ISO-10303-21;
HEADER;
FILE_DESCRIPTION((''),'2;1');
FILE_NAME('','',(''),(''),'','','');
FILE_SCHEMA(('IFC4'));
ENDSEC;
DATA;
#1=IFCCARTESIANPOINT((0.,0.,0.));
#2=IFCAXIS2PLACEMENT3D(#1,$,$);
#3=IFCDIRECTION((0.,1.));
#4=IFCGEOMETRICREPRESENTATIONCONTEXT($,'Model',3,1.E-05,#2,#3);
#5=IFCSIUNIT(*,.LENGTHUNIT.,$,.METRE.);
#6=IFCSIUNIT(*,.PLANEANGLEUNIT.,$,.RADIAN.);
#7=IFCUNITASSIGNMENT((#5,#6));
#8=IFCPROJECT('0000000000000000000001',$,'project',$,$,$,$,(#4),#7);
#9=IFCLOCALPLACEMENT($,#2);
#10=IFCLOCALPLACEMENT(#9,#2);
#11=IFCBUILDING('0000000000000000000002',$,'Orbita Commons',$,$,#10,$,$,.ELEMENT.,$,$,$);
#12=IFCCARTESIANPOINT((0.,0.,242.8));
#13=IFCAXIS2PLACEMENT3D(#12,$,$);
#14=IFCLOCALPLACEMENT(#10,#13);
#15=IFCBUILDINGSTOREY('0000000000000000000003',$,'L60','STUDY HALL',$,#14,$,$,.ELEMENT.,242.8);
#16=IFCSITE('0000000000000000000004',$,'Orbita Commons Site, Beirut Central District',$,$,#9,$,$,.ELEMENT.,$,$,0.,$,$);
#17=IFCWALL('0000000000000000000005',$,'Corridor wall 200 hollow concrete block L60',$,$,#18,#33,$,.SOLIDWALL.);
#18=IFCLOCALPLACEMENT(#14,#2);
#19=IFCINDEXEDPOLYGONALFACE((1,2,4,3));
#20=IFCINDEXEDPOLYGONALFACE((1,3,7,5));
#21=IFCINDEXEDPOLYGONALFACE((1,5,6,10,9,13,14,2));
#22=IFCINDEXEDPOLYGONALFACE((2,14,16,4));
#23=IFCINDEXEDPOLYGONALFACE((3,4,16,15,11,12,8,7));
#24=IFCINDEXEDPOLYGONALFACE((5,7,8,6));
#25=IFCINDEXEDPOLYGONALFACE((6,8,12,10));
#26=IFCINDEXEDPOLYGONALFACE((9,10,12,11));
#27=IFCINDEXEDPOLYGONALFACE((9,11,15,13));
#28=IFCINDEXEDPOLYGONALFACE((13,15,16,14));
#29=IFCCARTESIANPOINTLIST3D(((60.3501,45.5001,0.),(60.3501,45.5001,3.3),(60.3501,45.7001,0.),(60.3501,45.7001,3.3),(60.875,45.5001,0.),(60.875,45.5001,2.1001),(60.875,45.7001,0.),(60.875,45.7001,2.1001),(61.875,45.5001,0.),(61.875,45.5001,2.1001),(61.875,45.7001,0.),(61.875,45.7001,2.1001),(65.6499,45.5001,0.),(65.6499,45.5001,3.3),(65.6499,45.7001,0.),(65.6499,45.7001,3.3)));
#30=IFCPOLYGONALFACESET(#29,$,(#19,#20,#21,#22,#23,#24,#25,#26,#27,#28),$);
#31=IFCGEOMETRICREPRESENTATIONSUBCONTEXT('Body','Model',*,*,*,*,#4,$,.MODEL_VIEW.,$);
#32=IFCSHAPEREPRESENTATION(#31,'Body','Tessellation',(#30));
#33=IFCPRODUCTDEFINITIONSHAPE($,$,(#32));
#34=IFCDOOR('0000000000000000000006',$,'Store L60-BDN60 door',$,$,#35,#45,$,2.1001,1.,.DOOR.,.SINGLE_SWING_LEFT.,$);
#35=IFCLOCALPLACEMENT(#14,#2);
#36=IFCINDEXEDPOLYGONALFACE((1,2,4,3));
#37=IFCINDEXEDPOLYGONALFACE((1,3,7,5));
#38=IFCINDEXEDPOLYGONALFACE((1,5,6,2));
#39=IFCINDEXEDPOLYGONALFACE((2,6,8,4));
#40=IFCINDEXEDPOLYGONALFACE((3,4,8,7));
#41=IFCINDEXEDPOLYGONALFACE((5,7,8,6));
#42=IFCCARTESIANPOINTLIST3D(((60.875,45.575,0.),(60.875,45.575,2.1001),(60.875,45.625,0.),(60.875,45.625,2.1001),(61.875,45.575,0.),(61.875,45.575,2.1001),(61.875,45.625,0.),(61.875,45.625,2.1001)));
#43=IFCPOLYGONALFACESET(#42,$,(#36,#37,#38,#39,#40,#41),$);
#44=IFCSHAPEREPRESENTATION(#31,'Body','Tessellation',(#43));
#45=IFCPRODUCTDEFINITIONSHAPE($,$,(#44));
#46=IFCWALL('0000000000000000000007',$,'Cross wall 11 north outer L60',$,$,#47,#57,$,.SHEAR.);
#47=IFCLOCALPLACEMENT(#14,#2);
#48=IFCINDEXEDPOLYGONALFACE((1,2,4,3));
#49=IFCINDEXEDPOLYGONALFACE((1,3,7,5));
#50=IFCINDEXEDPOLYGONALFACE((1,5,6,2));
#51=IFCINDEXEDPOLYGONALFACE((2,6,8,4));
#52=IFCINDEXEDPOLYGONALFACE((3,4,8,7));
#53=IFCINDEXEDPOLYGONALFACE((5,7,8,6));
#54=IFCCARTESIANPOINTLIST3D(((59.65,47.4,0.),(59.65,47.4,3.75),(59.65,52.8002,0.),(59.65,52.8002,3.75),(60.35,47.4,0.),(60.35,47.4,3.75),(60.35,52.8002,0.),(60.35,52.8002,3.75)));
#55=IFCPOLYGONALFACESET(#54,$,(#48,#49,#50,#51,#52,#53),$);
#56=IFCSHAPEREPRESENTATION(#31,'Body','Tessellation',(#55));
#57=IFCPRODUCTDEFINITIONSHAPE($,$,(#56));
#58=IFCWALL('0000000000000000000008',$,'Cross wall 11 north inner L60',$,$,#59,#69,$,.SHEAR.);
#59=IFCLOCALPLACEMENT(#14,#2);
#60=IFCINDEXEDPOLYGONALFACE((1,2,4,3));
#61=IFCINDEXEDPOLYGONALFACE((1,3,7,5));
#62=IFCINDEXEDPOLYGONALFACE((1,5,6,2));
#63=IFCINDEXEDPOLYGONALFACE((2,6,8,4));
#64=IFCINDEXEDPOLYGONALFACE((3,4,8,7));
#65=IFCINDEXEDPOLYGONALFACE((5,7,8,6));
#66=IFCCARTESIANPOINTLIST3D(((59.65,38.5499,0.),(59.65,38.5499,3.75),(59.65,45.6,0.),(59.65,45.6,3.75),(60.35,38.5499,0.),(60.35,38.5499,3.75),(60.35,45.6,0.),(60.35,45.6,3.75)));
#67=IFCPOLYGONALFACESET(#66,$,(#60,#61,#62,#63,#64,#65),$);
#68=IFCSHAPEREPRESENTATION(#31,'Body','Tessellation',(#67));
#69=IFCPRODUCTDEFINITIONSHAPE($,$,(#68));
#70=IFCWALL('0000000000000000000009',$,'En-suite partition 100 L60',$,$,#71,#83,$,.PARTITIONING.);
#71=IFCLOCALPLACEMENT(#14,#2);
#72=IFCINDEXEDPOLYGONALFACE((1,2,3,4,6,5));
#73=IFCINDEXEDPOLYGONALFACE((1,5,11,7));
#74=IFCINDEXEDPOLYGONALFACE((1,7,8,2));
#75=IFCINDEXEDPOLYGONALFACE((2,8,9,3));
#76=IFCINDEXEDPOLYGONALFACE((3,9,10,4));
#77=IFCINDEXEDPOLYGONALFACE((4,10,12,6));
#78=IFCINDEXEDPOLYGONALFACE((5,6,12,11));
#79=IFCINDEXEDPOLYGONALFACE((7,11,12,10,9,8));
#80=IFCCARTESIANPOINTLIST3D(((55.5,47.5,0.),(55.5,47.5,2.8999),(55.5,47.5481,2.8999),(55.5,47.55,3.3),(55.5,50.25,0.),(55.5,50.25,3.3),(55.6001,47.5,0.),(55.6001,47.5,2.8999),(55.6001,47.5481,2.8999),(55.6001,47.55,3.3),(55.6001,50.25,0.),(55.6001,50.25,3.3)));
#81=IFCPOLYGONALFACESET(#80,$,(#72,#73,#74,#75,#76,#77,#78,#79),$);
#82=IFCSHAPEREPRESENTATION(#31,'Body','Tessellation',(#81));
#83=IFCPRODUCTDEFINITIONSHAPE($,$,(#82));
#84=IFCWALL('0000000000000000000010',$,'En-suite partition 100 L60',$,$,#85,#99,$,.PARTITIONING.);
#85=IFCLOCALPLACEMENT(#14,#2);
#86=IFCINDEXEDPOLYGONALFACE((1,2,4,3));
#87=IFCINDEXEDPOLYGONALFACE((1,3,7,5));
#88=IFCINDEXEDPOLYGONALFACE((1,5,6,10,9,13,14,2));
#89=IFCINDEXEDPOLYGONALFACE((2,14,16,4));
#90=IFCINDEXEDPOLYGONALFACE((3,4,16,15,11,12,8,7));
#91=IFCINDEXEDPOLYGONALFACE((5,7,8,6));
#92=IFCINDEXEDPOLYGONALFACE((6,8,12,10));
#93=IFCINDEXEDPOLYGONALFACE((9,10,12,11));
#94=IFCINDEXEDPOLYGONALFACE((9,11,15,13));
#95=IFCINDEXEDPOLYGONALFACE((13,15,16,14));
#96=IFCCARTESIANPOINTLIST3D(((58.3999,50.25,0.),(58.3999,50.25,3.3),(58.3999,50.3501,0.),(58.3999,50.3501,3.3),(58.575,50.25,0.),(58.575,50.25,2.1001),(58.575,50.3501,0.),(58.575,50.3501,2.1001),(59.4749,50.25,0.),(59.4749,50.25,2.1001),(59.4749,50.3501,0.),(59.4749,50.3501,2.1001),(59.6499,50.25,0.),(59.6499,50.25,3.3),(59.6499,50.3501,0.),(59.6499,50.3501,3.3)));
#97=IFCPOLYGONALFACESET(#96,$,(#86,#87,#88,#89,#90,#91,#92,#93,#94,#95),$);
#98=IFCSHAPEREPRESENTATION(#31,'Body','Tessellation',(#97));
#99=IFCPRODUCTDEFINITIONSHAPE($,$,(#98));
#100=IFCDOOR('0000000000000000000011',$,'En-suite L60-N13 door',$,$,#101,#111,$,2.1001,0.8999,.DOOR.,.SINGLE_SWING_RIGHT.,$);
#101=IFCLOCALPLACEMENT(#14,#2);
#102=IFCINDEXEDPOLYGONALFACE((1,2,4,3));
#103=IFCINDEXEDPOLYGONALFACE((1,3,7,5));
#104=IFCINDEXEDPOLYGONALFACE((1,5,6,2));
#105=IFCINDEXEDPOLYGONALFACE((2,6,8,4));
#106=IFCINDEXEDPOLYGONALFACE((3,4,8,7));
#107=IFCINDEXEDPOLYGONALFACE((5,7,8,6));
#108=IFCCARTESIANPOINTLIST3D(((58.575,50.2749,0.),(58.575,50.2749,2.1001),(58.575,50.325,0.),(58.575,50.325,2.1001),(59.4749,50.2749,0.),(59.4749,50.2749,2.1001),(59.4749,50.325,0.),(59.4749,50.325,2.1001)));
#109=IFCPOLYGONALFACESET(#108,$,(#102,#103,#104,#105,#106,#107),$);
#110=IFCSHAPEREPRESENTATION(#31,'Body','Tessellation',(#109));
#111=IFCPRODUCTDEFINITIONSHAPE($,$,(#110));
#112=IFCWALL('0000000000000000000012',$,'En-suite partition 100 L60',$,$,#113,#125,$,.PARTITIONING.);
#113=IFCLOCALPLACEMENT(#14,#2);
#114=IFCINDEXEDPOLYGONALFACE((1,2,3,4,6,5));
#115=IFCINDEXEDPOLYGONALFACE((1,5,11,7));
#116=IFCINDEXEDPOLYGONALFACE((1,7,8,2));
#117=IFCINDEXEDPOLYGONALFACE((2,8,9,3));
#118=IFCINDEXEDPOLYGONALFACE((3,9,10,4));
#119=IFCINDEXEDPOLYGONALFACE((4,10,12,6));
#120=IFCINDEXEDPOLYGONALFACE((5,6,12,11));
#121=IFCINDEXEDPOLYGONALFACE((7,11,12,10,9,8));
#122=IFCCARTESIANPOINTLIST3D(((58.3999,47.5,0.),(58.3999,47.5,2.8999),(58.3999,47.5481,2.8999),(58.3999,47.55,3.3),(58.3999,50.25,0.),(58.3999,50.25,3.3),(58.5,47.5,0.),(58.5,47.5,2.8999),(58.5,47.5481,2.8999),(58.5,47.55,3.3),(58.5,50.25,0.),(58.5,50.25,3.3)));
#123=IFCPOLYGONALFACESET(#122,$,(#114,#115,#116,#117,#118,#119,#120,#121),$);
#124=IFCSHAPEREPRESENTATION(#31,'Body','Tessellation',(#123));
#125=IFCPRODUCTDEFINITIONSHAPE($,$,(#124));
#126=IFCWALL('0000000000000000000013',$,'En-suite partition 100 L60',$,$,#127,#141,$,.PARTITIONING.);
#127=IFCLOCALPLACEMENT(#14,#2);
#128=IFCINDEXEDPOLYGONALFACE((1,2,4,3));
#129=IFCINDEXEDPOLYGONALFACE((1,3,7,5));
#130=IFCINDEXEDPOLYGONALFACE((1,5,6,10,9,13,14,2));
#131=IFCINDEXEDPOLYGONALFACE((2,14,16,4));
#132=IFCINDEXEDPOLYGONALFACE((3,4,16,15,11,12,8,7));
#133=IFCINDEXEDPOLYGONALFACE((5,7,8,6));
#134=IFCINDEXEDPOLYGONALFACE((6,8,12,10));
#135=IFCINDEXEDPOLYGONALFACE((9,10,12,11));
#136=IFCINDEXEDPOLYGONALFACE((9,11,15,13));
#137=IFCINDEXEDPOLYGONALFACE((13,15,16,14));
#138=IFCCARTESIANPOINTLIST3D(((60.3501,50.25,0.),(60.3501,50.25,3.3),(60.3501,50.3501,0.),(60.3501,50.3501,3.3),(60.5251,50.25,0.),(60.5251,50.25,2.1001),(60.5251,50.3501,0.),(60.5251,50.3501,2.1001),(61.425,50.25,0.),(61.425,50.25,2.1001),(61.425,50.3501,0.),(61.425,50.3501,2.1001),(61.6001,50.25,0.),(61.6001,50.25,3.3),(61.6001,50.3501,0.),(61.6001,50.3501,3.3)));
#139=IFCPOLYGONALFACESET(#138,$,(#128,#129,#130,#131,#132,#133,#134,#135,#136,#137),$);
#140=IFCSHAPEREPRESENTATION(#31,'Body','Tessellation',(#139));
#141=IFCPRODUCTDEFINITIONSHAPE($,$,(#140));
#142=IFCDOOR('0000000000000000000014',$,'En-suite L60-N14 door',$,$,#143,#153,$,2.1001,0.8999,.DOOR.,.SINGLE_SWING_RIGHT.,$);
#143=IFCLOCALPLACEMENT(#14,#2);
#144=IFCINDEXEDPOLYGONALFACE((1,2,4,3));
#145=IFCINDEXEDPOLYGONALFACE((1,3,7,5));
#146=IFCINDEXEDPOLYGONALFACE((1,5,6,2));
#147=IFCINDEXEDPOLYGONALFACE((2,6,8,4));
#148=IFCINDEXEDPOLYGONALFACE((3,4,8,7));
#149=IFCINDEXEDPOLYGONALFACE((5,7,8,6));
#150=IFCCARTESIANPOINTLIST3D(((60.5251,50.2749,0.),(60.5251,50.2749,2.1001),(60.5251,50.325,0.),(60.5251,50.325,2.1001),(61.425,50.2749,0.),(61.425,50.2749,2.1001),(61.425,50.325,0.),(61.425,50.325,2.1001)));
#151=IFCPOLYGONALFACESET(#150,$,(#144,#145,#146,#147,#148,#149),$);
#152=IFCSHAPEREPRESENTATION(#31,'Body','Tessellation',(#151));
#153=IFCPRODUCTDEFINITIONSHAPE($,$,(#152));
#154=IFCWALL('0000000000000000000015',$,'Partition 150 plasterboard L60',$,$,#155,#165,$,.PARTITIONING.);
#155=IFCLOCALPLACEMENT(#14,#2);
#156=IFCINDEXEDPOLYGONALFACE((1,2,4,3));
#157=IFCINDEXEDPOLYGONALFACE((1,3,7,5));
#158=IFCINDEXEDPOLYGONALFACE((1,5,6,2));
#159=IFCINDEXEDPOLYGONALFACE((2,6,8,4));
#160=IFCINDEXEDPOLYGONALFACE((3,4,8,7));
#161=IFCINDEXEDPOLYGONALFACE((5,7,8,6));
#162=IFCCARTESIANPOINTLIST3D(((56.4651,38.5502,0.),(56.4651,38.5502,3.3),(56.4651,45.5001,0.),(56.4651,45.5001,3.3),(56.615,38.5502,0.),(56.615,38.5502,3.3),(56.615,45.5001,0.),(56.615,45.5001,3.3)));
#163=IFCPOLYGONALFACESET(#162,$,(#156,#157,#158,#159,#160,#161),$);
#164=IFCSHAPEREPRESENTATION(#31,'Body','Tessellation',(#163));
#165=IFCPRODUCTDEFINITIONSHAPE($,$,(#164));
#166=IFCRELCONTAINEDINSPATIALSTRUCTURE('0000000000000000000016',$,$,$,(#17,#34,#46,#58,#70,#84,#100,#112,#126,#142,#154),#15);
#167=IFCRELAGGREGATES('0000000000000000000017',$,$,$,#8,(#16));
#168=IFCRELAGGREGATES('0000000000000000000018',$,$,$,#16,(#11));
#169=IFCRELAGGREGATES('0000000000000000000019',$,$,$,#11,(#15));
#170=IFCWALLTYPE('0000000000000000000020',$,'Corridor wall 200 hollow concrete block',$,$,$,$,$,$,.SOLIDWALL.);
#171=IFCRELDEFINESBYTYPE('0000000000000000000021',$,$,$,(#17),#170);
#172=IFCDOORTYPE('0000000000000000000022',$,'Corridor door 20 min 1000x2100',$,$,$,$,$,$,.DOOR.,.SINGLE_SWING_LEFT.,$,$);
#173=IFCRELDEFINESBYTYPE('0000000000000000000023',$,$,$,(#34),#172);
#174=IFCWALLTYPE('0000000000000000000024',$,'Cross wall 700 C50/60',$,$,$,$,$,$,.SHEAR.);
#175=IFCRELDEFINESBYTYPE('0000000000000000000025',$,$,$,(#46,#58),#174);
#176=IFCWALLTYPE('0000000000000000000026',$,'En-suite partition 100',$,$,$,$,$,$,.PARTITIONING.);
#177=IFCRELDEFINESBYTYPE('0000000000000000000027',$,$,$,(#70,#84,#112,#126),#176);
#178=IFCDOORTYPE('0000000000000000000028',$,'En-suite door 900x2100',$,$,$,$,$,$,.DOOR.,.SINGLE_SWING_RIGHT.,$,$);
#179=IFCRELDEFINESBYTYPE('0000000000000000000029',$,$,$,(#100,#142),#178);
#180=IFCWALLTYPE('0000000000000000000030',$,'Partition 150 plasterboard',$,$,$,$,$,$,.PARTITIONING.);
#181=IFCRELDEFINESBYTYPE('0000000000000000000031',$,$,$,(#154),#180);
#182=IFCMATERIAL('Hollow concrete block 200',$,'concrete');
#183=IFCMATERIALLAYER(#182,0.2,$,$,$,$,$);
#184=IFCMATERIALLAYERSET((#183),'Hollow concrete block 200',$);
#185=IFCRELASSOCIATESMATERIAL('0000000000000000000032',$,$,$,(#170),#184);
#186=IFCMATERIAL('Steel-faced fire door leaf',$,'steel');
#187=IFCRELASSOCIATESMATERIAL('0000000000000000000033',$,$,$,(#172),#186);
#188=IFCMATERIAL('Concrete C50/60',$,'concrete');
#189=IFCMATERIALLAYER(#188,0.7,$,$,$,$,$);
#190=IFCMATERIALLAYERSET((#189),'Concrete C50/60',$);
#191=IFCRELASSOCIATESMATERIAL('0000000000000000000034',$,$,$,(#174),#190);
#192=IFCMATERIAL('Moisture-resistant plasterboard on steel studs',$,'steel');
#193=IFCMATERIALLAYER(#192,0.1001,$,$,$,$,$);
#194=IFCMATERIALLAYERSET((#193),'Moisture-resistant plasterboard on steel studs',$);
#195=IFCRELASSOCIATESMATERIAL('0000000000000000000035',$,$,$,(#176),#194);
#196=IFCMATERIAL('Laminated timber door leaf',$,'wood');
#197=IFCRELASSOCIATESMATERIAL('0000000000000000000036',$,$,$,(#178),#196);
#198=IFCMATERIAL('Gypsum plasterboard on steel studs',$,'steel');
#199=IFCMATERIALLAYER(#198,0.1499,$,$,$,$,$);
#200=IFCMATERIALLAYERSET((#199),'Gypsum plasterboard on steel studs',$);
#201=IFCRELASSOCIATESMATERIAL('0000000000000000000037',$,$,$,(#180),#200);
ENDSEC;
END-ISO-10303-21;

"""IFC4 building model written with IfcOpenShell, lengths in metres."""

from ifc_helpers import new_model, si_unit, direction, frame, frame_2d, origin, place, context, subcontext, project, spatial, polyline, rectangle, outline, extrude, material, layer, layer_set, type_object, element, fill, save


model = new_model("IFC4")

# Units and contexts
model_context = context("Model", 3, precision=1e-05, world=origin(), true_north=direction((0.0, 1.0)))
body_context = subcontext(model_context, "Body", "Model", "MODEL_VIEW")
ifc_project = project(units=[si_unit("LENGTHUNIT", "METRE"), si_unit("PLANEANGLEUNIT", "RADIAN")], contexts=[model_context])

# Site, building, storey
site_placement = place(None, origin())
site = spatial("IfcSite", under=ifc_project, at=site_placement, Name="Orbita Commons Site, Beirut Central District", CompositionType="ELEMENT", RefElevation=0.0)
building_placement = place(site_placement, origin())
building = spatial("IfcBuilding", under=site, at=building_placement, Name="Orbita Commons", CompositionType="ELEMENT")
storey_placement = place(building_placement, frame((0.0, 0.0, 242.8)))
storey = spatial("IfcBuildingStorey", under=building, at=storey_placement, Name="L60", Description="STUDY HALL", CompositionType="ELEMENT", Elevation=242.8)

# Wall, opening, door
ifc_material_1 = material(Name="Hollow concrete block 200", Category="concrete")
ifc_layer_1 = layer(ifc_material_1, 0.2)
ifc_layer_set_1 = layer_set([ifc_layer_1], Name="Hollow concrete block 200")
wall_type_1 = type_object("IfcWallType", Name="Corridor wall 200 hollow concrete block", PredefinedType="SOLIDWALL", material=ifc_layer_set_1)
wall_1_placement = place(storey_placement, frame((60.3501, 45.6001, 0.0), z_axis=(0.0, 0.0, 1.0), x_axis=(1.0, 0.0, 0.0)))
wall_1 = element("IfcWall", 1, at=wall_1_placement, inside=storey, type_object=wall_type_1, Name="Corridor wall 200 hollow concrete block L60", PredefinedType="SOLIDWALL", context=body_context, shape_type="SweptSolid", body=[
    extrude(rectangle(XDim=5.2998, YDim=0.2, at=frame_2d((2.6499, 0.0))), origin(), (0.0, 0.0, 1.0), 3.3),
])
opening_1_placement = place(wall_1_placement, frame((0.5249, 0.0, 0.0)))
opening_1 = element("IfcOpeningElement", 2, at=opening_1_placement, cuts=wall_1, PredefinedType="OPENING", context=body_context, shape_type="SweptSolid", body=[
    extrude(rectangle(XDim=1.0, YDim=2.1001, at=frame_2d((0.5, 1.05))), frame((0.0, 0.1099, 0.0), z_axis=(0.0, -1.0, 0.0), x_axis=(1.0, 0.0, 0.0)), (0.0, 0.0, 1.0), 0.22),
])
ifc_material_2 = material(Name="Steel-faced fire door leaf", Category="steel")
door_type_1 = type_object("IfcDoorType", Name="Corridor door 20 min 1000x2100", OperationType="SINGLE_SWING_LEFT", PredefinedType="DOOR", material=ifc_material_2)
door_1_placement = place(opening_1_placement, origin())
door_1 = element("IfcDoor", 3, at=door_1_placement, inside=storey, type_object=door_type_1, Name="Store L60-BDN60 door", OperationType="SINGLE_SWING_LEFT", OverallHeight=2.1001, OverallWidth=1.0, PredefinedType="DOOR", context=body_context, shape_type="SweptSolid", body=[
    extrude(rectangle(XDim=1.0, YDim=2.1001, at=frame_2d((0.5, 1.05))), frame((0.0, 0.0249, 0.0), z_axis=(0.0, -1.0, 0.0), x_axis=(1.0, 0.0, 0.0)), (0.0, 0.0, 1.0), 0.05),
])
fill(opening_1, door_1)

# Walls
ifc_material_3 = material(Name="Concrete C50/60", Category="concrete")
ifc_layer_2 = layer(ifc_material_3, 0.7)
ifc_layer_set_2 = layer_set([ifc_layer_2], Name="Concrete C50/60")
wall_type_2 = type_object("IfcWallType", Name="Cross wall 700 C50/60", PredefinedType="SHEAR", material=ifc_layer_set_2)
wall_2_placement = place(storey_placement, frame((60.0, 47.3999, 0.0), z_axis=(0.0, 0.0, 1.0), x_axis=(0.0, 1.0, 0.0)))
element("IfcWall", 4, at=wall_2_placement, inside=storey, type_object=wall_type_2, Name="Cross wall 11 north outer L60", PredefinedType="SHEAR", context=body_context, shape_type="SweptSolid", body=[
    extrude(rectangle(XDim=5.4001, YDim=0.7, at=frame_2d((2.7002, 0.0))), origin(), (0.0, 0.0, 1.0), 3.75),
])
wall_3_placement = place(storey_placement, frame((60.0, 38.55, 0.0), z_axis=(0.0, 0.0, 1.0), x_axis=(0.0, 1.0, 0.0)))
element("IfcWall", 5, at=wall_3_placement, inside=storey, type_object=wall_type_2, Name="Cross wall 11 north inner L60", PredefinedType="SHEAR", context=body_context, shape_type="SweptSolid", body=[
    extrude(rectangle(XDim=7.05, YDim=0.7, at=frame_2d((3.5249, 0.0))), origin(), (0.0, 0.0, 1.0), 3.75),
])
ifc_material_4 = material(Name="Moisture-resistant plasterboard on steel studs", Category="steel")
ifc_layer_3 = layer(ifc_material_4, 0.1001)
ifc_layer_set_3 = layer_set([ifc_layer_3], Name="Moisture-resistant plasterboard on steel studs")
wall_type_3 = type_object("IfcWallType", Name="En-suite partition 100", PredefinedType="PARTITIONING", material=ifc_layer_set_3)
wall_4_placement = place(storey_placement, frame((55.55, 50.25, 0.0), z_axis=(0.0, 0.0, 1.0), x_axis=(0.0, -1.0, 0.0)))
element("IfcWall", 6, at=wall_4_placement, inside=storey, type_object=wall_type_3, Name="En-suite partition 100 L60", PredefinedType="PARTITIONING", context=body_context, shape_type="SweptSolid", body=[
    extrude(outline(polyline([(0.0, 0.0), (2.75, 0.0), (2.75, 2.8999), (2.7019, 2.8999), (2.7, 3.3), (0.0, 3.3), (0.0, 0.0)])), frame((0.0, 0.05, 0.0), z_axis=(0.0, -1.0, 0.0), x_axis=(1.0, 0.0, 0.0)), (0.0, 0.0, 1.0), 0.1001),
])

# Wall, opening, door
wall_5_placement = place(storey_placement, frame((58.3999, 50.3, 0.0), z_axis=(0.0, 0.0, 1.0), x_axis=(1.0, 0.0, 0.0)))
wall_5 = element("IfcWall", 7, at=wall_5_placement, inside=storey, type_object=wall_type_3, Name="En-suite partition 100 L60", PredefinedType="PARTITIONING", context=body_context, shape_type="SweptSolid", body=[
    extrude(rectangle(XDim=1.25, YDim=0.1001, at=frame_2d((0.625, 0.0))), origin(), (0.0, 0.0, 1.0), 3.3),
])
opening_2_placement = place(wall_5_placement, frame((0.175, 0.0, 0.0)))
opening_2 = element("IfcOpeningElement", 8, at=opening_2_placement, cuts=wall_5, PredefinedType="OPENING", context=body_context, shape_type="SweptSolid", body=[
    extrude(rectangle(XDim=0.8999, YDim=2.1001, at=frame_2d((0.45, 1.05))), frame((0.0, 0.0601, 0.0), z_axis=(0.0, -1.0, 0.0), x_axis=(1.0, 0.0, 0.0)), (0.0, 0.0, 1.0), 0.1201),
])
ifc_material_5 = material(Name="Laminated timber door leaf", Category="wood")
door_type_2 = type_object("IfcDoorType", Name="En-suite door 900x2100", OperationType="SINGLE_SWING_RIGHT", PredefinedType="DOOR", material=ifc_material_5)
door_2_placement = place(opening_2_placement, origin())
door_2 = element("IfcDoor", 9, at=door_2_placement, inside=storey, type_object=door_type_2, Name="En-suite L60-N13 door", OperationType="SINGLE_SWING_RIGHT", OverallHeight=2.1001, OverallWidth=0.8999, PredefinedType="DOOR", context=body_context, shape_type="SweptSolid", body=[
    extrude(rectangle(XDim=0.8999, YDim=2.1001, at=frame_2d((0.45, 1.05))), frame((0.0, 0.0249, 0.0), z_axis=(0.0, -1.0, 0.0), x_axis=(1.0, 0.0, 0.0)), (0.0, 0.0, 1.0), 0.05),
])
fill(opening_2, door_2)

# Wall
wall_6_placement = place(storey_placement, frame((58.45, 50.25, 0.0), z_axis=(0.0, 0.0, 1.0), x_axis=(0.0, -1.0, 0.0)))
element("IfcWall", 10, at=wall_6_placement, inside=storey, type_object=wall_type_3, Name="En-suite partition 100 L60", PredefinedType="PARTITIONING", context=body_context, shape_type="SweptSolid", body=[
    extrude(outline(polyline([(0.0, 0.0), (2.75, 0.0), (2.75, 2.8999), (2.7019, 2.8999), (2.7, 3.3), (0.0, 3.3), (0.0, 0.0)])), frame((0.0, 0.05, 0.0), z_axis=(0.0, -1.0, 0.0), x_axis=(1.0, 0.0, 0.0)), (0.0, 0.0, 1.0), 0.1001),
])

# Wall, opening, door
wall_7_placement = place(storey_placement, frame((60.3501, 50.3, 0.0), z_axis=(0.0, 0.0, 1.0), x_axis=(1.0, 0.0, 0.0)))
wall_7 = element("IfcWall", 11, at=wall_7_placement, inside=storey, type_object=wall_type_3, Name="En-suite partition 100 L60", PredefinedType="PARTITIONING", context=body_context, shape_type="SweptSolid", body=[
    extrude(rectangle(XDim=1.25, YDim=0.1001, at=frame_2d((0.625, 0.0))), origin(), (0.0, 0.0, 1.0), 3.3),
])
opening_3_placement = place(wall_7_placement, frame((0.175, 0.0, 0.0)))
opening_3 = element("IfcOpeningElement", 12, at=opening_3_placement, cuts=wall_7, PredefinedType="OPENING", context=body_context, shape_type="SweptSolid", body=[
    extrude(rectangle(XDim=0.8999, YDim=2.1001, at=frame_2d((0.45, 1.05))), frame((0.0, 0.0601, 0.0), z_axis=(0.0, -1.0, 0.0), x_axis=(1.0, 0.0, 0.0)), (0.0, 0.0, 1.0), 0.1201),
])
door_3_placement = place(opening_3_placement, origin())
door_3 = element("IfcDoor", 13, at=door_3_placement, inside=storey, type_object=door_type_2, Name="En-suite L60-N14 door", OperationType="SINGLE_SWING_RIGHT", OverallHeight=2.1001, OverallWidth=0.8999, PredefinedType="DOOR", context=body_context, shape_type="SweptSolid", body=[
    extrude(rectangle(XDim=0.8999, YDim=2.1001, at=frame_2d((0.45, 1.05))), frame((0.0, 0.0249, 0.0), z_axis=(0.0, -1.0, 0.0), x_axis=(1.0, 0.0, 0.0)), (0.0, 0.0, 1.0), 0.05),
])
fill(opening_3, door_3)

# Wall
ifc_material_6 = material(Name="Gypsum plasterboard on steel studs", Category="steel")
ifc_layer_4 = layer(ifc_material_6, 0.1499)
ifc_layer_set_4 = layer_set([ifc_layer_4], Name="Gypsum plasterboard on steel studs")
wall_type_4 = type_object("IfcWallType", Name="Partition 150 plasterboard", PredefinedType="PARTITIONING", material=ifc_layer_set_4)
wall_8_placement = place(storey_placement, frame((56.54, 38.55, 0.0), z_axis=(0.0, 0.0, 1.0), x_axis=(0.0, 1.0, 0.0)))
element("IfcWall", 14, at=wall_8_placement, inside=storey, type_object=wall_type_4, Name="Partition 150 plasterboard L60", PredefinedType="PARTITIONING", context=body_context, shape_type="SweptSolid", body=[
    extrude(rectangle(XDim=6.95, YDim=0.1499, at=frame_2d((3.4751, 0.0))), origin(), (0.0, 0.0, 1.0), 3.3),
])

save(model, "model.ifc")
